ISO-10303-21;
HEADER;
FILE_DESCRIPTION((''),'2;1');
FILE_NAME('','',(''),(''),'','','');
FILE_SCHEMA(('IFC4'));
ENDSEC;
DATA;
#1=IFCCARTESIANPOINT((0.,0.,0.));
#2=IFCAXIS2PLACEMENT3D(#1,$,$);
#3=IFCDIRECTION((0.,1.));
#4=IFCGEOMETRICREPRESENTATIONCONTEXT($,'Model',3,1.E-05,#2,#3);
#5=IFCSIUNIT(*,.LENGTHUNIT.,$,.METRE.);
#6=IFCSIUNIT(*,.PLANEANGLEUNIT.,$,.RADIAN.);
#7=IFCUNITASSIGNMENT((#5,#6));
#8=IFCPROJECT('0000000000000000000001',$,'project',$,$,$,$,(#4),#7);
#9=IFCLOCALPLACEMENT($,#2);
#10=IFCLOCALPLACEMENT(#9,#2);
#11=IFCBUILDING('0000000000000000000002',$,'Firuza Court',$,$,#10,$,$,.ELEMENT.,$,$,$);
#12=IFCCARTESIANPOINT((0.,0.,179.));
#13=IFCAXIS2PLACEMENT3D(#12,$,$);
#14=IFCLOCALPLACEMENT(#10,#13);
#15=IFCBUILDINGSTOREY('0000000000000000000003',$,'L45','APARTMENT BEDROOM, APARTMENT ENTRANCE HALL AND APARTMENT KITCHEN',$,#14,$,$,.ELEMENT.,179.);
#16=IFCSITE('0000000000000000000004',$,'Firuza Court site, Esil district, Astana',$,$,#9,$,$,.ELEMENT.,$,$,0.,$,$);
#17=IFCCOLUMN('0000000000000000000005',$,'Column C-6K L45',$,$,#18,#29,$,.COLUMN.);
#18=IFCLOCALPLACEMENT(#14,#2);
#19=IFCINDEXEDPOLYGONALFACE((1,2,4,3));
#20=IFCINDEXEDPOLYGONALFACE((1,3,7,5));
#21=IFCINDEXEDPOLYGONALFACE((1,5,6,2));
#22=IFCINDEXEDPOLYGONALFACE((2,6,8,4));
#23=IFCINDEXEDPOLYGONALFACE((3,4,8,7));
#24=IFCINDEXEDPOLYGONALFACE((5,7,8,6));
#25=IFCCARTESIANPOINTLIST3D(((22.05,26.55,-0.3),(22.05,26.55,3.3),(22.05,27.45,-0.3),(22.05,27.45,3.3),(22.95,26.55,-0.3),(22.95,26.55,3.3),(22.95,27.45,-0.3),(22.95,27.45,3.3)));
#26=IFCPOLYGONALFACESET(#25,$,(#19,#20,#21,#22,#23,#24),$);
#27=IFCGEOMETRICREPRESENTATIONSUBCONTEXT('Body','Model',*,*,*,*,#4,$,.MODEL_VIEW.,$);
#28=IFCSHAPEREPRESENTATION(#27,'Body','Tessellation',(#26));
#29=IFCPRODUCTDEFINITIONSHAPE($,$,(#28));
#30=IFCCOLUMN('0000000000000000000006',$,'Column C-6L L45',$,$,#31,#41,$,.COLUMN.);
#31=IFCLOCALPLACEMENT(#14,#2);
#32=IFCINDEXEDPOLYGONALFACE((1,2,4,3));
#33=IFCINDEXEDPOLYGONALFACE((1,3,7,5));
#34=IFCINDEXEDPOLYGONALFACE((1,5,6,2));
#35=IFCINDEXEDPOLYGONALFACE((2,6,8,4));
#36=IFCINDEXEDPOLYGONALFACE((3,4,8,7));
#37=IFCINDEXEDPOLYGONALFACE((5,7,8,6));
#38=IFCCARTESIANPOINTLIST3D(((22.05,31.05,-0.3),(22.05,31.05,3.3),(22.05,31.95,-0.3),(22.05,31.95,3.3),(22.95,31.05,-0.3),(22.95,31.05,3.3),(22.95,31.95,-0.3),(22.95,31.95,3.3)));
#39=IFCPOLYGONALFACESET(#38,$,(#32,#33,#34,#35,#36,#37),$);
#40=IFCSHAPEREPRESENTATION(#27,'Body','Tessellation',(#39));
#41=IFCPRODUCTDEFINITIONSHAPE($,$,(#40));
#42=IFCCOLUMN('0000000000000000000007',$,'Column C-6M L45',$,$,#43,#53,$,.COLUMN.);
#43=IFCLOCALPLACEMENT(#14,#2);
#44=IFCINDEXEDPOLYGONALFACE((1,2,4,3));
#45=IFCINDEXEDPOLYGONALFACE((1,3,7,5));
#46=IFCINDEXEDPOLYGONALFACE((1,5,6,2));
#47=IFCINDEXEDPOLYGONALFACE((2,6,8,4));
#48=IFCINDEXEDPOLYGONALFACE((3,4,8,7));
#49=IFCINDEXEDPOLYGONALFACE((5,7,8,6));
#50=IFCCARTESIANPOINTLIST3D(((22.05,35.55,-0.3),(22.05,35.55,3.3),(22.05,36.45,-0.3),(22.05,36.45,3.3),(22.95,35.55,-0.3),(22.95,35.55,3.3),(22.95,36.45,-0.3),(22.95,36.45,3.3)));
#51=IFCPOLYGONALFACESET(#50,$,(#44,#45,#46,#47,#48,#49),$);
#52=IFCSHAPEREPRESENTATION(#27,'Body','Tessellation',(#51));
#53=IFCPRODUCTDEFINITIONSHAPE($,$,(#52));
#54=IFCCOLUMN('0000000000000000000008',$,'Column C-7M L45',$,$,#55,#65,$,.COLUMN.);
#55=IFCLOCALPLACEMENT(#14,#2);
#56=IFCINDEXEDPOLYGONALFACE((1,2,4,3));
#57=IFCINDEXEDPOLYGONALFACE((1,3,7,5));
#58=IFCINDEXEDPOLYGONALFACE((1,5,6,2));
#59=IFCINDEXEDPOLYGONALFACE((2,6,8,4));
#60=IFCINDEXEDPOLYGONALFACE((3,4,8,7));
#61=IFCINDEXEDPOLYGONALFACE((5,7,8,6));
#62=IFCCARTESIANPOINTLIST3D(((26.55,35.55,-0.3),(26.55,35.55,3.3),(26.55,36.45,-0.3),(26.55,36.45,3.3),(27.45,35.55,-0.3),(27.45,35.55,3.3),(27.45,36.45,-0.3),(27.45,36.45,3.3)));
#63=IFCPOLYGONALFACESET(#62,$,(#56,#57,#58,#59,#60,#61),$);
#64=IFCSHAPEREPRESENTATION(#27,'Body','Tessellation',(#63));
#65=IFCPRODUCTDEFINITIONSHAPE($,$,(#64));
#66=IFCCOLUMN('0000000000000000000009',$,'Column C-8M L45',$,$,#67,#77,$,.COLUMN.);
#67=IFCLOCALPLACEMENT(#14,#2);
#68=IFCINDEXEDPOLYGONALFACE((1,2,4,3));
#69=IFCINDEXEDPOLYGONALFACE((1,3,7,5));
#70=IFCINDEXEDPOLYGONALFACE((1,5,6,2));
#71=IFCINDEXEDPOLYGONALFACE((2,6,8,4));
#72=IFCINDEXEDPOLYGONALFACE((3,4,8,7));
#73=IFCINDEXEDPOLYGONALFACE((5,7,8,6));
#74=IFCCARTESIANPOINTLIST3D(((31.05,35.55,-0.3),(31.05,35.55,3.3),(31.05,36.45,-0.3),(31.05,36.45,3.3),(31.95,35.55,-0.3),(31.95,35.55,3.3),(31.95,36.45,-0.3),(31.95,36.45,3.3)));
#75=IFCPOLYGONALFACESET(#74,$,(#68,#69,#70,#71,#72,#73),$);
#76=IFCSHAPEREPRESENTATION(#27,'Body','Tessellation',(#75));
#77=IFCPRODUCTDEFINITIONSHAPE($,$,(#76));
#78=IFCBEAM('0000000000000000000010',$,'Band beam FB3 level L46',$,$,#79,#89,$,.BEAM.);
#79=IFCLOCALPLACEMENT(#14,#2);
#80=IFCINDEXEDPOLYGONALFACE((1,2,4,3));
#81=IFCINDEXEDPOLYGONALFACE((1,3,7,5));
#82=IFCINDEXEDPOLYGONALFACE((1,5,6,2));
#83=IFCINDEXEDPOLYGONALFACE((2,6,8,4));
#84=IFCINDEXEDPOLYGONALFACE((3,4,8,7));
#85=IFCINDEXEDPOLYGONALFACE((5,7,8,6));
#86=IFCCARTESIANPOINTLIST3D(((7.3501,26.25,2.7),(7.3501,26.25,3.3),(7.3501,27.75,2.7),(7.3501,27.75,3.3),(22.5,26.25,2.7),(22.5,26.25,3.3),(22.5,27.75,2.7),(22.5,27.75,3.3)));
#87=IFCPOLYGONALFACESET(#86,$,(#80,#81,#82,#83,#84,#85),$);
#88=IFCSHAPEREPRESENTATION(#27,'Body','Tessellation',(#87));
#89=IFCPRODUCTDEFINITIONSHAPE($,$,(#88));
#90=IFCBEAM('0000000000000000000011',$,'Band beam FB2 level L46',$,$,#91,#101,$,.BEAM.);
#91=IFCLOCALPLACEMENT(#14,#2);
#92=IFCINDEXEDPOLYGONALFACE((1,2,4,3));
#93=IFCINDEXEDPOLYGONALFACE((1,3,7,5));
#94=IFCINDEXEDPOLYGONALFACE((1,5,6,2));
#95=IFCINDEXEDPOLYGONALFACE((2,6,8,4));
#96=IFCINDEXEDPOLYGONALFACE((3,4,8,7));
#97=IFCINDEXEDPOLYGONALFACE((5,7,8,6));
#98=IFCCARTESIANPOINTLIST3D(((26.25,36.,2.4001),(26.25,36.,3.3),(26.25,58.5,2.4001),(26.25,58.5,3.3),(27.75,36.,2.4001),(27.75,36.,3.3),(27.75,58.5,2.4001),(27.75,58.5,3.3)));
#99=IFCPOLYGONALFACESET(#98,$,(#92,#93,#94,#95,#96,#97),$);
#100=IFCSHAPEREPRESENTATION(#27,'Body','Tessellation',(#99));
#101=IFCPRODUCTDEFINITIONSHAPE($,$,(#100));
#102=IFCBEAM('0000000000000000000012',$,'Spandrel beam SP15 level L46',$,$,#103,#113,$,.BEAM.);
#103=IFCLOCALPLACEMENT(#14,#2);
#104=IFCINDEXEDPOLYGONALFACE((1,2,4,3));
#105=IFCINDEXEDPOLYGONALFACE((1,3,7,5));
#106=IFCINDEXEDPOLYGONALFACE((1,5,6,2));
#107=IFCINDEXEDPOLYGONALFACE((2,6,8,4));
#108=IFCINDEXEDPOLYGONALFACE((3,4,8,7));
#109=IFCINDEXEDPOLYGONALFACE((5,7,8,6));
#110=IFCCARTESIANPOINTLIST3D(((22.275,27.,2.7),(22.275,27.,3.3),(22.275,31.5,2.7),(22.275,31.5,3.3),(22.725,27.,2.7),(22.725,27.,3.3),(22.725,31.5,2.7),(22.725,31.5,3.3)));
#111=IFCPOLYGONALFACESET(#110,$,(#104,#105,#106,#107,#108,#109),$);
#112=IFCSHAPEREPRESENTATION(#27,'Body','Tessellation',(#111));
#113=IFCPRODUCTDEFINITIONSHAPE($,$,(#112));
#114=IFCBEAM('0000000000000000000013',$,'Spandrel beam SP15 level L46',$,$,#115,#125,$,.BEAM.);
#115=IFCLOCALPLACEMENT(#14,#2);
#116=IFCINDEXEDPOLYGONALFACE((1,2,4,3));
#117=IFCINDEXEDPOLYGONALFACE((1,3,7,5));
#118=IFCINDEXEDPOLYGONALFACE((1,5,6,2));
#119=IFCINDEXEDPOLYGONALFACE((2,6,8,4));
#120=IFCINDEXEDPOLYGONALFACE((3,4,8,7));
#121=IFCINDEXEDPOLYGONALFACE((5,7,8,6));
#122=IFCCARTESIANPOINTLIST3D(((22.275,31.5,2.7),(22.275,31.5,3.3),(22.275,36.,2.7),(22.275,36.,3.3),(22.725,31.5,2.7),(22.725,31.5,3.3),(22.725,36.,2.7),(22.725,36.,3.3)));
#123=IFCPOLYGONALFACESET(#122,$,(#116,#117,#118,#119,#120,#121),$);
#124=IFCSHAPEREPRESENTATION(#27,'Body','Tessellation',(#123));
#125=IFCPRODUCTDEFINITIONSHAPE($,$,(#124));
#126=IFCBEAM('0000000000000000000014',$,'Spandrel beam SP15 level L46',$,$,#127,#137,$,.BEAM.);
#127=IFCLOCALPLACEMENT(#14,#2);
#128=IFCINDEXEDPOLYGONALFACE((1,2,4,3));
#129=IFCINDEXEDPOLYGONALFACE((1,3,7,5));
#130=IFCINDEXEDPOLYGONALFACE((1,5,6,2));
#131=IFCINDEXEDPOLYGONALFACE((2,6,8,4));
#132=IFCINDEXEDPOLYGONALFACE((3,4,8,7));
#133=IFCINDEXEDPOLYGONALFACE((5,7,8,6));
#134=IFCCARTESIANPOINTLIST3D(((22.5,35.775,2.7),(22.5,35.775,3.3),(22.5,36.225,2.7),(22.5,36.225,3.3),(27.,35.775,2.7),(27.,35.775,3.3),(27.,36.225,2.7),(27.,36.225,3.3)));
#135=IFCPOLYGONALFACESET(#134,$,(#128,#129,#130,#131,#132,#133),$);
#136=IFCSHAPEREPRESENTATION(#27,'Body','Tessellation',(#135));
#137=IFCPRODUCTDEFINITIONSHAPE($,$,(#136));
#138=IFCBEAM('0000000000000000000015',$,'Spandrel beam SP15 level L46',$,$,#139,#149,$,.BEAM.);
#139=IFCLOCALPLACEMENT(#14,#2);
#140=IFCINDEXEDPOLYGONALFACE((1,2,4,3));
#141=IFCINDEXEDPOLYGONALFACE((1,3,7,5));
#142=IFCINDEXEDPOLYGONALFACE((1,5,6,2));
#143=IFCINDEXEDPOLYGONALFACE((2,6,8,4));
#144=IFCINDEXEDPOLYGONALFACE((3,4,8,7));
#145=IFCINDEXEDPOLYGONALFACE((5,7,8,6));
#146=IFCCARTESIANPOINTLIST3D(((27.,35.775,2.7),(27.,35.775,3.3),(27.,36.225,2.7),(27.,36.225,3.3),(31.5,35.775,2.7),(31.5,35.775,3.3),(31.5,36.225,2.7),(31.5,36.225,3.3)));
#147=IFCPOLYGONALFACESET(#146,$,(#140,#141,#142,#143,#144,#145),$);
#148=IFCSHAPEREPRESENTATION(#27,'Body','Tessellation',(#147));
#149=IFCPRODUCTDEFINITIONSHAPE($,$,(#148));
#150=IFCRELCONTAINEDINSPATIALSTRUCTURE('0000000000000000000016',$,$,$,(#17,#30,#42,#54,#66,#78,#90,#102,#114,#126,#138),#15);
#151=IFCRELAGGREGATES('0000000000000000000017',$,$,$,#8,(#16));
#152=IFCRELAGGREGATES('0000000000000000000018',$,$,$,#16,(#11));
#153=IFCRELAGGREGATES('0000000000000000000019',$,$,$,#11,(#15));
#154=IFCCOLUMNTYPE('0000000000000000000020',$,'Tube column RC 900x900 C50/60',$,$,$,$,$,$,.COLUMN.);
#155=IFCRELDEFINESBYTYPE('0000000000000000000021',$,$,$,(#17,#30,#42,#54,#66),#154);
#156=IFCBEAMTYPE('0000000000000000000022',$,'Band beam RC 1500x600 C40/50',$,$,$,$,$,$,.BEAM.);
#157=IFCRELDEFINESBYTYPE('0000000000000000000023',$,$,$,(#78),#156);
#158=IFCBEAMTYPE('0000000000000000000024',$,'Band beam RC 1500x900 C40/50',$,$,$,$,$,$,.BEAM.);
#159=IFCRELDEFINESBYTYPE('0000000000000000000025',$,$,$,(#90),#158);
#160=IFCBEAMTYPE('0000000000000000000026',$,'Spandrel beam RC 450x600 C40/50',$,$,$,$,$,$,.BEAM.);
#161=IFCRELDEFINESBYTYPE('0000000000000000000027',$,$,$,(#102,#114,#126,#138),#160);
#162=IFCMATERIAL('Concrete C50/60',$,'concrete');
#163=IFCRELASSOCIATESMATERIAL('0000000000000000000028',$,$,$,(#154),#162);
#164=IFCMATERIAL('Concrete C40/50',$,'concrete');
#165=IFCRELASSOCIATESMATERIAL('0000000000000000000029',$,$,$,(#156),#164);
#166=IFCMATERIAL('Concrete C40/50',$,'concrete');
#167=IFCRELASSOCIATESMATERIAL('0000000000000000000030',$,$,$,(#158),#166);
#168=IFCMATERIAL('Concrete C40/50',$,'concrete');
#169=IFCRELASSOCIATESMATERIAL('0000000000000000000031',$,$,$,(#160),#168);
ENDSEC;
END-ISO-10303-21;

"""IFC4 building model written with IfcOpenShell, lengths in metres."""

from ifc_helpers import new_model, si_unit, direction, frame, origin, origin_2d, place, context, subcontext, project, spatial, rectangle, extrude, material, material_profile, profile_set, type_object, element, save


model = new_model("IFC4")

# Units and contexts
model_context = context("Model", 3, precision=1e-05, world=origin(), true_north=direction((0.0, 1.0)))
body_context = subcontext(model_context, "Body", "Model", "MODEL_VIEW")
ifc_project = project(units=[si_unit("LENGTHUNIT", "METRE"), si_unit("PLANEANGLEUNIT", "RADIAN")], contexts=[model_context])

# Site, building, storey
site_placement = place(None, origin())
site = spatial("IfcSite", under=ifc_project, at=site_placement, Name="Firuza Court site, Esil district, Astana", CompositionType="ELEMENT", RefElevation=0.0)
building_placement = place(site_placement, origin())
building = spatial("IfcBuilding", under=site, at=building_placement, Name="Firuza Court", CompositionType="ELEMENT")
storey_placement = place(building_placement, frame((0.0, 0.0, 179.0)))
storey = spatial("IfcBuildingStorey", under=building, at=storey_placement, Name="L45", Description="APARTMENT BEDROOM, APARTMENT ENTRANCE HALL AND APARTMENT KITCHEN", CompositionType="ELEMENT", Elevation=179.0)

# Columns
ifc_material_1 = material(Name="Concrete C50/60", Category="concrete")
ifc_material_profile_1 = material_profile(ifc_material_1, rectangle(XDim=0.8999, YDim=0.8999, at=origin_2d()), Name="RC 900x900")
ifc_profile_set_1 = profile_set([ifc_material_profile_1], Name="Concrete C50/60")
column_type = type_object("IfcColumnType", Name="Tube column RC 900x900 C50/60", PredefinedType="COLUMN", material=ifc_profile_set_1)
for number, where, z_axis, x_axis, name in (
    (1, (22.5, 27.0, -0.3), (0.0, 0.0, 1.0), (1.0, 0.0, 0.0), "Column C-6K L45"),
    (2, (22.5, 31.5, -0.3), (0.0, 0.0, 1.0), (1.0, 0.0, 0.0), "Column C-6L L45"),
    (3, (22.5, 36.0, -0.3), (0.0, 0.0, 1.0), (1.0, 0.0, 0.0), "Column C-6M L45"),
    (4, (27.0, 36.0, -0.3), (0.0, 0.0, 1.0), (1.0, 0.0, 0.0), "Column C-7M L45"),
    (5, (31.5, 36.0, -0.3), (0.0, 0.0, 1.0), (1.0, 0.0, 0.0), "Column C-8M L45"),
):
    element("IfcColumn", number, at=place(storey_placement, frame(where, z_axis=z_axis, x_axis=x_axis)), inside=storey, type_object=column_type, Name=name, PredefinedType="COLUMN", context=body_context, shape_type="SweptSolid", body=[
        extrude(rectangle(XDim=0.8999, YDim=0.8999, at=origin_2d()), origin(), (0.0, 0.0, 1.0), 3.6001),
    ])

# Beams
ifc_material_2 = material(Name="Concrete C40/50", Category="concrete")
ifc_material_profile_2 = material_profile(ifc_material_2, rectangle(XDim=1.5, YDim=0.6001, at=origin_2d()), Name="RC 1500x600")
ifc_profile_set_2 = profile_set([ifc_material_profile_2], Name="Concrete C40/50")
beam_type_1 = type_object("IfcBeamType", Name="Band beam RC 1500x600 C40/50", PredefinedType="BEAM", material=ifc_profile_set_2)
beam_1_placement = place(storey_placement, frame((22.5, 27.0, 3.0), z_axis=(-1.0, 0.0, 0.0), x_axis=(0.0, -1.0, 0.0)))
element("IfcBeam", 6, at=beam_1_placement, inside=storey, type_object=beam_type_1, Name="Band beam FB3 level L46", PredefinedType="BEAM", context=body_context, shape_type="SweptSolid", body=[
    extrude(rectangle(XDim=1.5, YDim=0.6001, at=origin_2d()), origin(), (0.0, 0.0, 1.0), 15.1499),
])
ifc_material_3 = material(Name="Concrete C40/50", Category="concrete")
ifc_material_profile_3 = material_profile(ifc_material_3, rectangle(XDim=1.5, YDim=0.8999, at=origin_2d()), Name="RC 1500x900")
ifc_profile_set_3 = profile_set([ifc_material_profile_3], Name="Concrete C40/50")
beam_type_2 = type_object("IfcBeamType", Name="Band beam RC 1500x900 C40/50", PredefinedType="BEAM", material=ifc_profile_set_3)
beam_2_placement = place(storey_placement, frame((27.0, 36.0, 2.8501), z_axis=(0.0, 1.0, 0.0), x_axis=(-1.0, 0.0, 0.0)))
element("IfcBeam", 7, at=beam_2_placement, inside=storey, type_object=beam_type_2, Name="Band beam FB2 level L46", PredefinedType="BEAM", context=body_context, shape_type="SweptSolid", body=[
    extrude(rectangle(XDim=1.5, YDim=0.8999, at=origin_2d()), origin(), (0.0, 0.0, 1.0), 22.5),
])
ifc_material_4 = material(Name="Concrete C40/50", Category="concrete")
ifc_material_profile_4 = material_profile(ifc_material_4, rectangle(XDim=0.45, YDim=0.6001, at=origin_2d()), Name="RC 450x600")
ifc_profile_set_4 = profile_set([ifc_material_profile_4], Name="Concrete C40/50")
beam_type_3 = type_object("IfcBeamType", Name="Spandrel beam RC 450x600 C40/50", PredefinedType="BEAM", material=ifc_profile_set_4)
for number, where, z_axis, x_axis, name in (
    (8, (22.5, 27.0, 3.0), (0.0, 1.0, 0.0), (-1.0, 0.0, 0.0), "Spandrel beam SP15 level L46"),
    (9, (22.5, 31.5, 3.0), (0.0, 1.0, 0.0), (-1.0, 0.0, 0.0), "Spandrel beam SP15 level L46"),
    (10, (22.5, 36.0, 3.0), (1.0, 0.0, 0.0), (0.0, 1.0, 0.0), "Spandrel beam SP15 level L46"),
    (11, (27.0, 36.0, 3.0), (1.0, 0.0, 0.0), (0.0, 1.0, 0.0), "Spandrel beam SP15 level L46"),
):
    element("IfcBeam", number, at=place(storey_placement, frame(where, z_axis=z_axis, x_axis=x_axis)), inside=storey, type_object=beam_type_3, Name=name, PredefinedType="BEAM", context=body_context, shape_type="SweptSolid", body=[
        extrude(rectangle(XDim=0.45, YDim=0.6001, at=origin_2d()), origin(), (0.0, 0.0, 1.0), 4.5),
    ])

save(model, "model.ifc")
